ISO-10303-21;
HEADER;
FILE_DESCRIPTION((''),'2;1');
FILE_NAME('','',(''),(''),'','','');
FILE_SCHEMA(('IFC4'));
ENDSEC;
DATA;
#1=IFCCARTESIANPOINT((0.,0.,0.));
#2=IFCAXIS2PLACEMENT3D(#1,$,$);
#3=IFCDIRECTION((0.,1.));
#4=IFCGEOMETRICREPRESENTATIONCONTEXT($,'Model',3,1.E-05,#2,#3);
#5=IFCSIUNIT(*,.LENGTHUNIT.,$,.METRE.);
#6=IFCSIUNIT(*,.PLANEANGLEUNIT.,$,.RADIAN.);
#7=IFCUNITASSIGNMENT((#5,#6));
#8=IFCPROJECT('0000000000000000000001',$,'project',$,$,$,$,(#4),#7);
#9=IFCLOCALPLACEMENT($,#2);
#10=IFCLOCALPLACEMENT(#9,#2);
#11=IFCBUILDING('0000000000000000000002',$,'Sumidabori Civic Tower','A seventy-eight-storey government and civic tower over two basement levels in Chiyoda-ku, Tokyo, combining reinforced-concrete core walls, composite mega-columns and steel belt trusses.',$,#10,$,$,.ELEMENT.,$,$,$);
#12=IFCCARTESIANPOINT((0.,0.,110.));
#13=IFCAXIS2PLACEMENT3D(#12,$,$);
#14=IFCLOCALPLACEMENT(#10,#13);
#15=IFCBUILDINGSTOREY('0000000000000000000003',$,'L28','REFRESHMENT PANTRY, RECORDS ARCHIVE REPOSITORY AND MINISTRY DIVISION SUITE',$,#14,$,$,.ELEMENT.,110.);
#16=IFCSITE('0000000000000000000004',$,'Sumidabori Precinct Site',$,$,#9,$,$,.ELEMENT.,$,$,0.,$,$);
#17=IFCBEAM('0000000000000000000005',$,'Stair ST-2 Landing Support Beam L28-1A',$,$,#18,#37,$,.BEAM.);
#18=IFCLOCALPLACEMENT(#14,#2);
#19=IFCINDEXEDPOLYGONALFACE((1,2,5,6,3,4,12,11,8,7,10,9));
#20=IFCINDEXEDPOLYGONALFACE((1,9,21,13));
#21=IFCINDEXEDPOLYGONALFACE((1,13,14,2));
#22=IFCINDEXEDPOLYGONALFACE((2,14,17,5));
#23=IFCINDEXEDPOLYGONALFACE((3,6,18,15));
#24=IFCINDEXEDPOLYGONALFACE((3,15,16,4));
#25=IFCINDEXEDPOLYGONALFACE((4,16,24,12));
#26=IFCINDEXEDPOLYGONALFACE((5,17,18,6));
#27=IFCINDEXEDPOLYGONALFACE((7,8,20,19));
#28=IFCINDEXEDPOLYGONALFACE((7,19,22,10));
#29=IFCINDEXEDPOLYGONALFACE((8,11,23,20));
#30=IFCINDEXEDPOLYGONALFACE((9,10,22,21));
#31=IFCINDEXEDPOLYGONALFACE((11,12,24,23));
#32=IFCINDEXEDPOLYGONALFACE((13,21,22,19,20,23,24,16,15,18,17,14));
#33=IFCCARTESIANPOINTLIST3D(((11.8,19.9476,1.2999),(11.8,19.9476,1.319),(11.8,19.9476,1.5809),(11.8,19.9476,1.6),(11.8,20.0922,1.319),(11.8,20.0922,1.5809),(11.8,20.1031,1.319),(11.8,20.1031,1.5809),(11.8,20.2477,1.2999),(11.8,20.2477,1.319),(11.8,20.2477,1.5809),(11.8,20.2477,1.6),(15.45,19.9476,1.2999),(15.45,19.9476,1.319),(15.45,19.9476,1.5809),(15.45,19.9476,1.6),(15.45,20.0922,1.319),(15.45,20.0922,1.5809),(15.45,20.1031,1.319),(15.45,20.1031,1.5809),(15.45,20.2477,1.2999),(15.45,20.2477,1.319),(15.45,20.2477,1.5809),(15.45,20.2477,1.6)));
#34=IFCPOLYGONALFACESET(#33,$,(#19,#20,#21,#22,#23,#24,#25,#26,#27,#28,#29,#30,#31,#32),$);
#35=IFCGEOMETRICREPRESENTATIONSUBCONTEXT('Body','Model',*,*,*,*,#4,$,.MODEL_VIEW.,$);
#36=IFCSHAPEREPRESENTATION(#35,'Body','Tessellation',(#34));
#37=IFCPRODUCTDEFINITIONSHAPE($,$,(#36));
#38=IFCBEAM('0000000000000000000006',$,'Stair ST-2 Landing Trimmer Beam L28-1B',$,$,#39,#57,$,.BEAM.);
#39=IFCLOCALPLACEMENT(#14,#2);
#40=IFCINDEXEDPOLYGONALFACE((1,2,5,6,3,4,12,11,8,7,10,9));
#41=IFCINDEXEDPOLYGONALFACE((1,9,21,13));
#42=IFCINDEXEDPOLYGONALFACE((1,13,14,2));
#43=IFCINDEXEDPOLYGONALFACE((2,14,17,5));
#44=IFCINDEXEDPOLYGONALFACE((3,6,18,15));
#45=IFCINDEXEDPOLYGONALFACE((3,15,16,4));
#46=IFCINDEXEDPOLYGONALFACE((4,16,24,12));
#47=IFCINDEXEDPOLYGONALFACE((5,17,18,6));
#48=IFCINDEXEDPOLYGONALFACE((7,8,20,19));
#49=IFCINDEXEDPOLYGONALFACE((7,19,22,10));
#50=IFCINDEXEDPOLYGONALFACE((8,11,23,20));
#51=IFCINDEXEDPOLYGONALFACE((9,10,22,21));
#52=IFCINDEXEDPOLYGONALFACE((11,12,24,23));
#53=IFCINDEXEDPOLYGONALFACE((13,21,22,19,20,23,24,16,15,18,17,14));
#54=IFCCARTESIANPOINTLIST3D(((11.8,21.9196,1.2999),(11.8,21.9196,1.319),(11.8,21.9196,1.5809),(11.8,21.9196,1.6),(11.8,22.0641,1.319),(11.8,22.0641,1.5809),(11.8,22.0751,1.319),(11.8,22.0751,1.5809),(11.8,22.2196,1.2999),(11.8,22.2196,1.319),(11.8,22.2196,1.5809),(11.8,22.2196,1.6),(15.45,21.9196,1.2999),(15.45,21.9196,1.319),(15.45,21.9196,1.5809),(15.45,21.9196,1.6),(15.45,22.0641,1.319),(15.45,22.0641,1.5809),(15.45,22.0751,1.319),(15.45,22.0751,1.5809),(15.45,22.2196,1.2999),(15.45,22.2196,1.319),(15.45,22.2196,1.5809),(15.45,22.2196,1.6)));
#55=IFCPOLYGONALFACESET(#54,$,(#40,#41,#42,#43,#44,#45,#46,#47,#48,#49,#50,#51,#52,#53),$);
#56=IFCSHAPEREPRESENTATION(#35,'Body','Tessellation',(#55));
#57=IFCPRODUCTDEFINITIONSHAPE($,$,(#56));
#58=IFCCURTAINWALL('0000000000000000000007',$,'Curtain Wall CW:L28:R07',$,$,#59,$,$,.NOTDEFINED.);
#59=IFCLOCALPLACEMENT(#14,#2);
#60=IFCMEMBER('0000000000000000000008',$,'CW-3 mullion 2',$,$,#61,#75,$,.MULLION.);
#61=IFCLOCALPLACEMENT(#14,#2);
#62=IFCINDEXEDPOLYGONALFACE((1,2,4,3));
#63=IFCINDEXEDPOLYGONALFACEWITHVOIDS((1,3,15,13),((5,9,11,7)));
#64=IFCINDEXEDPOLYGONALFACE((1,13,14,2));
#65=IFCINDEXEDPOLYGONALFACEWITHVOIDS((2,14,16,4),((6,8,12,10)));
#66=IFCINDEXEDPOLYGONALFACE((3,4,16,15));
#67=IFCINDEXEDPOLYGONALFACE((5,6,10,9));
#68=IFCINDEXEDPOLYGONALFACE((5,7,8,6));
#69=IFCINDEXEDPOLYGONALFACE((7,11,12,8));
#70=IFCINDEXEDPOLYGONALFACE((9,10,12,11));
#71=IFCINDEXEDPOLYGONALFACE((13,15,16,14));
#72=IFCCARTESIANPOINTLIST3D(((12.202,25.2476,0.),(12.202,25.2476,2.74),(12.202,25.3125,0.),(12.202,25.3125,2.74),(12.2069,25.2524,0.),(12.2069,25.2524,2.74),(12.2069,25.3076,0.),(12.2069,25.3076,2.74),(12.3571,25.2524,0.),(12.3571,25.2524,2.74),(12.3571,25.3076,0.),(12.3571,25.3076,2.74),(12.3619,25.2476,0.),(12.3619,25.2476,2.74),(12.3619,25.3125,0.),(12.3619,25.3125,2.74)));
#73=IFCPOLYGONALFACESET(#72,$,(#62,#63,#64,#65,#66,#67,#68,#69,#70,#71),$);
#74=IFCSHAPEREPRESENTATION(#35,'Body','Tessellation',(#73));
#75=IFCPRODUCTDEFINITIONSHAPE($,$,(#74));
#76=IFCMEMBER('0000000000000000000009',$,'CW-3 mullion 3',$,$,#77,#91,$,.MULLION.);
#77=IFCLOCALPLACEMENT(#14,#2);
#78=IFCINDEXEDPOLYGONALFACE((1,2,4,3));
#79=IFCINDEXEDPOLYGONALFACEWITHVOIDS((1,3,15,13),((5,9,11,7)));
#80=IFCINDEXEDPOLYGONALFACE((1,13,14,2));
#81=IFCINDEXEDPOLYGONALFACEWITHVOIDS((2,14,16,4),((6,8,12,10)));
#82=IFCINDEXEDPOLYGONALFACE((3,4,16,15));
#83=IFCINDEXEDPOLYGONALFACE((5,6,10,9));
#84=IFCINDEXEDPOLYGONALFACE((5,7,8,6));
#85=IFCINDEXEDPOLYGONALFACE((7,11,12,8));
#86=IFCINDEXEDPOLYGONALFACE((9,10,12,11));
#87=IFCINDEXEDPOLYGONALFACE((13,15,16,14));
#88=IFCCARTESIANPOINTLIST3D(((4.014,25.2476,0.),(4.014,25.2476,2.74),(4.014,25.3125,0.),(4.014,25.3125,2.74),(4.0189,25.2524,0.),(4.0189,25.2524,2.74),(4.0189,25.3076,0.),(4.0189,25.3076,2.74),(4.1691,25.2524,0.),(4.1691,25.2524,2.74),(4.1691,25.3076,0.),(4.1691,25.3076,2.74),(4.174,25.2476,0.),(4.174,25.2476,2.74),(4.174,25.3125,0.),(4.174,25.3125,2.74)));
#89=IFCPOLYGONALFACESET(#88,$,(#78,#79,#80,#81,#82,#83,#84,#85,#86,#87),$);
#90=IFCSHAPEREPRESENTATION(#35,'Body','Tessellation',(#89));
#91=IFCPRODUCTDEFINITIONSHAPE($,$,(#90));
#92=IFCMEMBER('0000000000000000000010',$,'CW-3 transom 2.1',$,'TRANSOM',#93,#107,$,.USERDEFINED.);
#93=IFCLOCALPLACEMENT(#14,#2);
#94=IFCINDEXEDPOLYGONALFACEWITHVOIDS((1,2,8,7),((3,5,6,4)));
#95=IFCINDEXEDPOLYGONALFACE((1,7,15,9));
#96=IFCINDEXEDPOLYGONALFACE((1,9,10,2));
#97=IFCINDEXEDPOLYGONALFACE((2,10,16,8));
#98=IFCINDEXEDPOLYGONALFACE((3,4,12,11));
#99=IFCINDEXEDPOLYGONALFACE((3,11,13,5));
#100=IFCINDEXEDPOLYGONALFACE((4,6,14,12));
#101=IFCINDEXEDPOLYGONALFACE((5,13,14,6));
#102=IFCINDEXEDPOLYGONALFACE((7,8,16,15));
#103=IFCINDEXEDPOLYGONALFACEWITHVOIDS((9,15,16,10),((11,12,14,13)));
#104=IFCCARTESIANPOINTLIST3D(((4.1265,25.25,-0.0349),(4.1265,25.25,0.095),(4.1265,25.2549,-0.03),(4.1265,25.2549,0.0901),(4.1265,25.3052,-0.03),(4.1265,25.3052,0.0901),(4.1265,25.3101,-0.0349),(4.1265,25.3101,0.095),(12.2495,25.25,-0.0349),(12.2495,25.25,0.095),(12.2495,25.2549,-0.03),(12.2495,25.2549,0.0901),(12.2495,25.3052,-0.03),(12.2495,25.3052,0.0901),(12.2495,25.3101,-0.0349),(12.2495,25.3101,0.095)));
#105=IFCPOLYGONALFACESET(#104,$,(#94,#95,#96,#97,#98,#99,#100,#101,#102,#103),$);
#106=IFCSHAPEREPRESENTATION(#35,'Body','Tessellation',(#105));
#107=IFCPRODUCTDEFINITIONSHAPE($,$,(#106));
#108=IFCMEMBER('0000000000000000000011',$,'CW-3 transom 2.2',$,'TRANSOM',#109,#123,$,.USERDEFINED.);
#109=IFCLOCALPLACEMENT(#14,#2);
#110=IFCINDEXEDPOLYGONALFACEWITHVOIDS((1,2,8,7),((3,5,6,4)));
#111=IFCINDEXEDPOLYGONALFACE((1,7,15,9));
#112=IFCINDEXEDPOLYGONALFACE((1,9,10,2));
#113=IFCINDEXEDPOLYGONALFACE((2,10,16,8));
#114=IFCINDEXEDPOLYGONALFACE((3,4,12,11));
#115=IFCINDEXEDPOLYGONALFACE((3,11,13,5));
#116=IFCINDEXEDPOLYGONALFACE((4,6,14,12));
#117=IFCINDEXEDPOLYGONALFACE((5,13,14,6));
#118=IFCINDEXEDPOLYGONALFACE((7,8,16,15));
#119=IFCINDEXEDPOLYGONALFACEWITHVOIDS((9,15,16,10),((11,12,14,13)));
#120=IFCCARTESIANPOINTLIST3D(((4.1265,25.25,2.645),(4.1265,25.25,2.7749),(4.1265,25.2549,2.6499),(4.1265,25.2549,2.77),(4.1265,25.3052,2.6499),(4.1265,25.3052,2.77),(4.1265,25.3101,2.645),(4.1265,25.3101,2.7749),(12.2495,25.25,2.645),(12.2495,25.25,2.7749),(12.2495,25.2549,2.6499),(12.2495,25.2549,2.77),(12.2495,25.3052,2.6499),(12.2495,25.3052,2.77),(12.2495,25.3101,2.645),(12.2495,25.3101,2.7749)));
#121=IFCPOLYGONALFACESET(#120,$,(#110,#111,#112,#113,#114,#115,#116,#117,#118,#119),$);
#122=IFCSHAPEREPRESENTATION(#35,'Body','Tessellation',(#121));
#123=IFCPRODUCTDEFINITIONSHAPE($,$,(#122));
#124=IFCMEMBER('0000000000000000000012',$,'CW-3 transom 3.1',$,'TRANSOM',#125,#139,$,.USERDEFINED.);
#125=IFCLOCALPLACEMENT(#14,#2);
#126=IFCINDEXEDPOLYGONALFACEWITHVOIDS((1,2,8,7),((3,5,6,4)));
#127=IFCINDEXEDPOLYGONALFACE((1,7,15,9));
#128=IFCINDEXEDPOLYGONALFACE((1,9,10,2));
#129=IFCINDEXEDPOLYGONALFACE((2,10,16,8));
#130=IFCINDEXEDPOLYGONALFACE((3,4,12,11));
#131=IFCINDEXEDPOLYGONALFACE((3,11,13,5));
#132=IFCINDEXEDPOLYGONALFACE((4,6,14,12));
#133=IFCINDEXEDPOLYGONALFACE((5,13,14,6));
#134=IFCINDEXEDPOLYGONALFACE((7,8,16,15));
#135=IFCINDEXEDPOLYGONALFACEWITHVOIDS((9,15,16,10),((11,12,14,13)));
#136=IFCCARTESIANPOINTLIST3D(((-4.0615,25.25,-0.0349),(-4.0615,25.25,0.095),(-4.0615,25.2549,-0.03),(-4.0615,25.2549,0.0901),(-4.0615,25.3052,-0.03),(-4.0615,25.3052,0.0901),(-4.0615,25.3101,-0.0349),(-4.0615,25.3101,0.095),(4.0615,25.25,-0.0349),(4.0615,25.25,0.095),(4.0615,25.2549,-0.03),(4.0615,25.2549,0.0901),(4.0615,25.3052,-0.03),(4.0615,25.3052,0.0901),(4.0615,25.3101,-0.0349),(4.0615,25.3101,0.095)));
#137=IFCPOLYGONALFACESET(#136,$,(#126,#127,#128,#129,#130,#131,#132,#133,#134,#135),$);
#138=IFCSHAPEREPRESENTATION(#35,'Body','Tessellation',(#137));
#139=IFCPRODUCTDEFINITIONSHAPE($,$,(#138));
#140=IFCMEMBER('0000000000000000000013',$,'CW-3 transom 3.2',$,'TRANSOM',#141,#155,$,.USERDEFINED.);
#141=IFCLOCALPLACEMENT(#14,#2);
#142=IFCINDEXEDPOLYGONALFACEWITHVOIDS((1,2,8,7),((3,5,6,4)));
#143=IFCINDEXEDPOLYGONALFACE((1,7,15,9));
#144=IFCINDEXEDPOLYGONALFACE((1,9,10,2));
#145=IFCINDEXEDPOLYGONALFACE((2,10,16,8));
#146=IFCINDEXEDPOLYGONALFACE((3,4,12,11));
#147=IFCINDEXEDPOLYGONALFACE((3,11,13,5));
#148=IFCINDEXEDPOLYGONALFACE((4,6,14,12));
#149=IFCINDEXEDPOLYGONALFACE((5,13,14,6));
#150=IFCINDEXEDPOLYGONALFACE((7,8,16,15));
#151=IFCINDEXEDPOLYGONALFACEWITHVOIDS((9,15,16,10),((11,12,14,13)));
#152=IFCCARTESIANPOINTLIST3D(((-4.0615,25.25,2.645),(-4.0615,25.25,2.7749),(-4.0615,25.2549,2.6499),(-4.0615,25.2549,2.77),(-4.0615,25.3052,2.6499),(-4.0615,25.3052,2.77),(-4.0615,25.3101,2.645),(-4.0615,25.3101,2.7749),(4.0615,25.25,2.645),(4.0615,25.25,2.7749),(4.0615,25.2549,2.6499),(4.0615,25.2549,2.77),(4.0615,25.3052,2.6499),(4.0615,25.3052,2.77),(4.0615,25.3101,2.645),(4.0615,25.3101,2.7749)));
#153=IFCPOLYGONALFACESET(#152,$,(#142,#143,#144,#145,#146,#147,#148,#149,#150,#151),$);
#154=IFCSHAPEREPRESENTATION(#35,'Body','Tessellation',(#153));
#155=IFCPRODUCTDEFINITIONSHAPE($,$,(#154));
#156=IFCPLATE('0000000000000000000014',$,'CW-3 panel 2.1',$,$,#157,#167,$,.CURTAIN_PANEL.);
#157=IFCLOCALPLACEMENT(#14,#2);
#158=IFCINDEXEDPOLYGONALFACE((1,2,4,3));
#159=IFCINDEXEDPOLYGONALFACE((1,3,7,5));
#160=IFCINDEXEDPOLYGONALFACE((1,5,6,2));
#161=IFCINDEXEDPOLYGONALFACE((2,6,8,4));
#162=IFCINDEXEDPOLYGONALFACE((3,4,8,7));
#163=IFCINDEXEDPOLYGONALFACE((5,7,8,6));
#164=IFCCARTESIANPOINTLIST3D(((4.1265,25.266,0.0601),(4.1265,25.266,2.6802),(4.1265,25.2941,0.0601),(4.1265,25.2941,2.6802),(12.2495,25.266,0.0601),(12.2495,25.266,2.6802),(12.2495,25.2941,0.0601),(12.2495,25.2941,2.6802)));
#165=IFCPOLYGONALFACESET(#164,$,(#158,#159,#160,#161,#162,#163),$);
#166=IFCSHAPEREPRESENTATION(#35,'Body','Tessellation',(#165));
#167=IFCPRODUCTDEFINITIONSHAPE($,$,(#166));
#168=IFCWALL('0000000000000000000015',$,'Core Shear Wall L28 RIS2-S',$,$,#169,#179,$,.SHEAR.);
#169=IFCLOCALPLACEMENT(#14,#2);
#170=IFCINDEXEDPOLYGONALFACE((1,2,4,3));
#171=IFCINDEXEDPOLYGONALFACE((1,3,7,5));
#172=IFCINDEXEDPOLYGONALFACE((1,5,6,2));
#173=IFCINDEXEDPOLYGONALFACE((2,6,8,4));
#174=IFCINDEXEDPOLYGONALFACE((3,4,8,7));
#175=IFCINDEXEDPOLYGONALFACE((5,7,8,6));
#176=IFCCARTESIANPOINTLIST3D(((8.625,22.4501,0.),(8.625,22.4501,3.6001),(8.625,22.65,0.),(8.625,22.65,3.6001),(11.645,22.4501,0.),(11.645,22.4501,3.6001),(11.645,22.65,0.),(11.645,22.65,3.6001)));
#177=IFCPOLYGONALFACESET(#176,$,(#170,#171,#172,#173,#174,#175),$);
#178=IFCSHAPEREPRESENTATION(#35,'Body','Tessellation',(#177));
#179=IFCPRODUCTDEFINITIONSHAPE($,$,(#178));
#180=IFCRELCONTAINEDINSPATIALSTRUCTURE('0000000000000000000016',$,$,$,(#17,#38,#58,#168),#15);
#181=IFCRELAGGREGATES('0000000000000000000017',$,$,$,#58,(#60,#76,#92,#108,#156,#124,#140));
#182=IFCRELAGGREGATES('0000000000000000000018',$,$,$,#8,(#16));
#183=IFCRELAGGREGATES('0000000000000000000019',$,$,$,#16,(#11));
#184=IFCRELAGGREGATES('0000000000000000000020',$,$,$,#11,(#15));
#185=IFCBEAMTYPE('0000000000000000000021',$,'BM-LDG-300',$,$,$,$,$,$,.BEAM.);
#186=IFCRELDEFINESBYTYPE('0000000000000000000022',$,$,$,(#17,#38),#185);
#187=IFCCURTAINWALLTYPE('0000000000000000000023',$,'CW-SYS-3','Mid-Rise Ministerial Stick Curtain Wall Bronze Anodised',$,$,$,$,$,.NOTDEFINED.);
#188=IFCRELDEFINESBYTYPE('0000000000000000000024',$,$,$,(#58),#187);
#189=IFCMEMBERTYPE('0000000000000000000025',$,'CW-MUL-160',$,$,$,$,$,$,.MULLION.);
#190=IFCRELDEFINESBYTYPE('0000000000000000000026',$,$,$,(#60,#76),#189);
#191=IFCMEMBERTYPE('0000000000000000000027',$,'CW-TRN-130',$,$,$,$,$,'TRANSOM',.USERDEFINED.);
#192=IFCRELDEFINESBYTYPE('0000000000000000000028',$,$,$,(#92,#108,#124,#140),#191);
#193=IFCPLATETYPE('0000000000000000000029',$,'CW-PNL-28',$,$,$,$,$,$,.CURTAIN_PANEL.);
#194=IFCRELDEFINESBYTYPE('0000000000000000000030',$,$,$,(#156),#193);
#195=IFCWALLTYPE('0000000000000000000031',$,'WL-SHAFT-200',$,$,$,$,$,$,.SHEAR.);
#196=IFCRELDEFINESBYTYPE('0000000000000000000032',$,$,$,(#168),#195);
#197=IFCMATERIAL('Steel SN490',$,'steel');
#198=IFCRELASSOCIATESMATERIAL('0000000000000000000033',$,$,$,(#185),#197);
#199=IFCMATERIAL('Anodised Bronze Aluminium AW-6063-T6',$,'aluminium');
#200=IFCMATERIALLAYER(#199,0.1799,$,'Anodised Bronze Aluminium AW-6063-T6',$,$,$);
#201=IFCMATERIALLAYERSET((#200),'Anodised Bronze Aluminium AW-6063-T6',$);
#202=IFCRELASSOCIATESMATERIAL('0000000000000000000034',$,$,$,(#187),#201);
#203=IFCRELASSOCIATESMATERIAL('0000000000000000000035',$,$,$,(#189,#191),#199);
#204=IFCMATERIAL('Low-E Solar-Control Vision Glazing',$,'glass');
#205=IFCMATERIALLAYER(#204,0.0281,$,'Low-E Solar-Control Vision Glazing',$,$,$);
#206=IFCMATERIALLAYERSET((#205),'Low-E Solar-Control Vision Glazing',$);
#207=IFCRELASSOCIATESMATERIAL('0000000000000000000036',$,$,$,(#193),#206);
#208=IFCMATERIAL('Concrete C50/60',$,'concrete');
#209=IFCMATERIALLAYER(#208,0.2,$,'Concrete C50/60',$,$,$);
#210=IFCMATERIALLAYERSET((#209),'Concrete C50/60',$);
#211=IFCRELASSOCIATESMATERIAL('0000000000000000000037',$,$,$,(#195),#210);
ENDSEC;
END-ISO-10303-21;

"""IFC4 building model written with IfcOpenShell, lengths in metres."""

from ifc_helpers import new_model, si_unit, direction, frame, frame_2d, origin, origin_2d, place, context, subcontext, project, spatial, rectangle, hollow_rectangle, i_section, extrude, source, transform, mapped, material, layer, layer_set, material_profile, profile_set, type_object, element, aggregate, save


model = new_model("IFC4")

# Units and contexts
model_context = context("Model", 3, precision=1e-05, world=origin(), true_north=direction((0.0, 1.0)))
body_context = subcontext(model_context, "Body", "Model", "MODEL_VIEW")
ifc_project = project(units=[si_unit("LENGTHUNIT", "METRE"), si_unit("PLANEANGLEUNIT", "RADIAN")], contexts=[model_context])

# Site, building, storey
site_placement = place(None, origin())
site = spatial("IfcSite", under=ifc_project, at=site_placement, Name="Sumidabori Precinct Site", CompositionType="ELEMENT", RefElevation=0.0)
building_placement = place(site_placement, origin())
building = spatial("IfcBuilding", under=site, at=building_placement, Name="Sumidabori Civic Tower", Description="A seventy-eight-storey government and civic tower over two basement levels in Chiyoda-ku, Tokyo, combining reinforced-concrete core walls, composite mega-columns and steel belt trusses.", CompositionType="ELEMENT")
storey_placement = place(building_placement, frame((0.0, 0.0, 110.0)))
storey = spatial("IfcBuildingStorey", under=building, at=storey_placement, Name="L28", Description="REFRESHMENT PANTRY, RECORDS ARCHIVE REPOSITORY AND MINISTRY DIVISION SUITE", CompositionType="ELEMENT", Elevation=110.0)

# Beams
ifc_material_1 = material(Name="Steel SN490", Category="steel")
ifc_material_profile_1 = material_profile(ifc_material_1, i_section(OverallWidth=0.3, OverallDepth=0.3, WebThickness=0.011, FlangeThickness=0.019, at=origin_2d()), Name="HE 300 B")
ifc_profile_set_1 = profile_set([ifc_material_profile_1], Name="Steel SN490")
beam_type = type_object("IfcBeamType", Name="BM-LDG-300", PredefinedType="BEAM", material=ifc_profile_set_1)
shared_shape_1 = source(origin(), body_context, "Body", "SweptSolid", [
    extrude(i_section(OverallWidth=0.3, OverallDepth=0.3, WebThickness=0.011, FlangeThickness=0.019, at=origin_2d()), origin(), (0.0, 0.0, 1.0), 3.6499),
])
for number, where, z_axis, x_axis, name in (
    (1, (11.8, 20.0977, 1.45), (1.0, 0.0, 0.0), (0.0, 1.0, 0.0), "Stair ST-2 Landing Support Beam L28-1A"),
    (2, (11.8, 22.0696, 1.45), (1.0, 0.0, 0.0), (0.0, 1.0, 0.0), "Stair ST-2 Landing Trimmer Beam L28-1B"),
):
    element("IfcBeam", number, at=place(storey_placement, frame(where, z_axis=z_axis, x_axis=x_axis)), inside=storey, type_object=beam_type, Name=name, PredefinedType="BEAM", context=body_context, shape_type="MappedRepresentation", body=[
        mapped(shared_shape_1, transform((0.0, 0.0, 0.0), x_axis=(1.0, 0.0, 0.0), y_axis=(0.0, 1.0, 0.0), z_axis=(0.0, 0.0, 1.0), scale=1.0)),
    ])

# Curtain wall, members, plate
ifc_material_2 = material(Name="Anodised Bronze Aluminium AW-6063-T6", Category="aluminium")
ifc_layer_1 = layer(ifc_material_2, 0.1799, Name="Anodised Bronze Aluminium AW-6063-T6")
ifc_layer_set_1 = layer_set([ifc_layer_1], Name="Anodised Bronze Aluminium AW-6063-T6")
curtain_wall_type = type_object("IfcCurtainWallType", Name="CW-SYS-3", Description="Mid-Rise Ministerial Stick Curtain Wall Bronze Anodised", PredefinedType="NOTDEFINED", material=ifc_layer_set_1)
curtain_wall_placement = place(storey_placement, origin())
curtain_wall = element("IfcCurtainWall", 3, at=curtain_wall_placement, inside=storey, type_object=curtain_wall_type, Name="Curtain Wall CW:L28:R07", PredefinedType="NOTDEFINED")
ifc_material_profile_2 = material_profile(ifc_material_2, hollow_rectangle(XDim=0.0649, YDim=0.1599, WallThickness=0.0049, at=origin_2d()), Name="ALU MULLION 160x65")
ifc_profile_set_2 = profile_set([ifc_material_profile_2], Name="Anodised Bronze Aluminium AW-6063-T6")
member_type_1 = type_object("IfcMemberType", Name="CW-MUL-160", PredefinedType="MULLION", material=ifc_profile_set_2)
shared_shape_2 = source(origin(), body_context, "Body", "SweptSolid", [
    extrude(hollow_rectangle(XDim=0.0649, YDim=0.1599, WallThickness=0.0049, at=origin_2d()), origin(), (0.0, 0.0, 1.0), 2.74),
])
member_1_placement = place(storey_placement, frame((12.282, 25.28, 0.0), z_axis=(0.0, 0.0, 1.0), x_axis=(0.0, -1.0, 0.0)))
member_1 = element("IfcMember", 4, at=member_1_placement, type_object=member_type_1, Name="CW-3 mullion 2", PredefinedType="MULLION", context=body_context, shape_type="MappedRepresentation", body=[
    mapped(shared_shape_2, transform((0.0, 0.0, 0.0), x_axis=(1.0, 0.0, 0.0), y_axis=(0.0, 1.0, 0.0), z_axis=(0.0, 0.0, 1.0), scale=1.0)),
])
member_2_placement = place(storey_placement, frame((4.094, 25.28, 0.0), z_axis=(0.0, 0.0, 1.0), x_axis=(0.0, -1.0, 0.0)))
member_2 = element("IfcMember", 5, at=member_2_placement, type_object=member_type_1, Name="CW-3 mullion 3", PredefinedType="MULLION", context=body_context, shape_type="MappedRepresentation", body=[
    mapped(shared_shape_2, transform((0.0, 0.0, 0.0), x_axis=(1.0, 0.0, 0.0), y_axis=(0.0, 1.0, 0.0), z_axis=(0.0, 0.0, 1.0), scale=1.0)),
])
ifc_material_profile_3 = material_profile(ifc_material_2, hollow_rectangle(XDim=0.0601, YDim=0.1299, WallThickness=0.0049, at=origin_2d()), Name="ALU TRANSOM 130x60")
ifc_profile_set_3 = profile_set([ifc_material_profile_3], Name="Anodised Bronze Aluminium AW-6063-T6")
member_type_2 = type_object("IfcMemberType", Name="CW-TRN-130", ElementType="TRANSOM", PredefinedType="USERDEFINED", material=ifc_profile_set_3)
shared_shape_3 = source(origin(), body_context, "Body", "SweptSolid", [
    extrude(hollow_rectangle(XDim=0.0601, YDim=0.1299, WallThickness=0.0049, at=origin_2d()), origin(), (0.0, 0.0, 1.0), 8.123),
])
member_3_placement = place(storey_placement, frame((12.2495, 25.28, 0.03), z_axis=(-1.0, 0.0, 0.0), x_axis=(0.0, -1.0, 0.0)))
member_3 = element("IfcMember", 6, at=member_3_placement, type_object=member_type_2, Name="CW-3 transom 2.1", ObjectType="TRANSOM", PredefinedType="USERDEFINED", context=body_context, shape_type="MappedRepresentation", body=[
    mapped(shared_shape_3, transform((0.0, 0.0, 0.0), x_axis=(1.0, 0.0, 0.0), y_axis=(0.0, 1.0, 0.0), z_axis=(0.0, 0.0, 1.0), scale=1.0)),
])
member_4_placement = place(storey_placement, frame((12.2495, 25.28, 2.71), z_axis=(-1.0, 0.0, 0.0), x_axis=(0.0, -1.0, 0.0)))
member_4 = element("IfcMember", 7, at=member_4_placement, type_object=member_type_2, Name="CW-3 transom 2.2", ObjectType="TRANSOM", PredefinedType="USERDEFINED", context=body_context, shape_type="MappedRepresentation", body=[
    mapped(shared_shape_3, transform((0.0, 0.0, 0.0), x_axis=(1.0, 0.0, 0.0), y_axis=(0.0, 1.0, 0.0), z_axis=(0.0, 0.0, 1.0), scale=1.0)),
])
member_5_placement = place(storey_placement, frame((4.0615, 25.28, 0.03), z_axis=(-1.0, 0.0, 0.0), x_axis=(0.0, -1.0, 0.0)))
member_5 = element("IfcMember", 8, at=member_5_placement, type_object=member_type_2, Name="CW-3 transom 3.1", ObjectType="TRANSOM", PredefinedType="USERDEFINED", context=body_context, shape_type="MappedRepresentation", body=[
    mapped(shared_shape_3, transform((0.0, 0.0, 0.0), x_axis=(1.0, 0.0, 0.0), y_axis=(0.0, 1.0, 0.0), z_axis=(0.0, 0.0, 1.0), scale=1.0)),
])
member_6_placement = place(storey_placement, frame((4.0615, 25.28, 2.71), z_axis=(-1.0, 0.0, 0.0), x_axis=(0.0, -1.0, 0.0)))
member_6 = element("IfcMember", 9, at=member_6_placement, type_object=member_type_2, Name="CW-3 transom 3.2", ObjectType="TRANSOM", PredefinedType="USERDEFINED", context=body_context, shape_type="MappedRepresentation", body=[
    mapped(shared_shape_3, transform((0.0, 0.0, 0.0), x_axis=(1.0, 0.0, 0.0), y_axis=(0.0, 1.0, 0.0), z_axis=(0.0, 0.0, 1.0), scale=1.0)),
])
ifc_material_3 = material(Name="Low-E Solar-Control Vision Glazing", Category="glass")
ifc_layer_2 = layer(ifc_material_3, 0.0281, Name="Low-E Solar-Control Vision Glazing")
ifc_layer_set_2 = layer_set([ifc_layer_2], Name="Low-E Solar-Control Vision Glazing")
plate_type = type_object("IfcPlateType", Name="CW-PNL-28", PredefinedType="CURTAIN_PANEL", material=ifc_layer_set_2)
shared_shape_4 = source(origin(), body_context, "Body", "SweptSolid", [
    extrude(rectangle(XDim=8.123, YDim=0.0281, at=origin_2d()), origin(), (0.0, 0.0, 1.0), 2.6201),
])
plate_placement = place(storey_placement, frame((8.188, 25.28, 0.0601), z_axis=(0.0, 0.0, 1.0), x_axis=(-1.0, 0.0, 0.0)))
plate = element("IfcPlate", 10, at=plate_placement, type_object=plate_type, Name="CW-3 panel 2.1", PredefinedType="CURTAIN_PANEL", context=body_context, shape_type="MappedRepresentation", body=[
    mapped(shared_shape_4, transform((0.0, 0.0, 0.0), x_axis=(1.0, 0.0, 0.0), y_axis=(0.0, 1.0, 0.0), z_axis=(0.0, 0.0, 1.0), scale=1.0)),
])
aggregate(curtain_wall, [member_1, member_2, member_3, member_4, plate, member_5, member_6])

# Wall
ifc_material_4 = material(Name="Concrete C50/60", Category="concrete")
ifc_layer_3 = layer(ifc_material_4, 0.2, Name="Concrete C50/60")
ifc_layer_set_3 = layer_set([ifc_layer_3], Name="Concrete C50/60")
wall_type_1 = type_object("IfcWallType", Name="WL-SHAFT-200", PredefinedType="SHEAR", material=ifc_layer_set_3)
shared_shape_5 = source(origin(), body_context, "Body", "SweptSolid", [
    extrude(rectangle(XDim=3.02, YDim=0.2, at=frame_2d((1.51, 0.0))), origin(), (0.0, 0.0, 1.0), 3.6001),
])
wall_1_placement = place(storey_placement, frame((8.625, 22.55, 0.0), z_axis=(0.0, 0.0, 1.0), x_axis=(1.0, 0.0, 0.0)))
element("IfcWall", 11, at=wall_1_placement, inside=storey, type_object=wall_type_1, Name="Core Shear Wall L28 RIS2-S", PredefinedType="SHEAR", context=body_context, shape_type="MappedRepresentation", body=[
    mapped(shared_shape_5, transform((0.0, 0.0, 0.0), x_axis=(1.0, 0.0, 0.0), y_axis=(0.0, 1.0, 0.0), z_axis=(0.0, 0.0, 1.0), scale=1.0)),
])

save(model, "model.ifc")
